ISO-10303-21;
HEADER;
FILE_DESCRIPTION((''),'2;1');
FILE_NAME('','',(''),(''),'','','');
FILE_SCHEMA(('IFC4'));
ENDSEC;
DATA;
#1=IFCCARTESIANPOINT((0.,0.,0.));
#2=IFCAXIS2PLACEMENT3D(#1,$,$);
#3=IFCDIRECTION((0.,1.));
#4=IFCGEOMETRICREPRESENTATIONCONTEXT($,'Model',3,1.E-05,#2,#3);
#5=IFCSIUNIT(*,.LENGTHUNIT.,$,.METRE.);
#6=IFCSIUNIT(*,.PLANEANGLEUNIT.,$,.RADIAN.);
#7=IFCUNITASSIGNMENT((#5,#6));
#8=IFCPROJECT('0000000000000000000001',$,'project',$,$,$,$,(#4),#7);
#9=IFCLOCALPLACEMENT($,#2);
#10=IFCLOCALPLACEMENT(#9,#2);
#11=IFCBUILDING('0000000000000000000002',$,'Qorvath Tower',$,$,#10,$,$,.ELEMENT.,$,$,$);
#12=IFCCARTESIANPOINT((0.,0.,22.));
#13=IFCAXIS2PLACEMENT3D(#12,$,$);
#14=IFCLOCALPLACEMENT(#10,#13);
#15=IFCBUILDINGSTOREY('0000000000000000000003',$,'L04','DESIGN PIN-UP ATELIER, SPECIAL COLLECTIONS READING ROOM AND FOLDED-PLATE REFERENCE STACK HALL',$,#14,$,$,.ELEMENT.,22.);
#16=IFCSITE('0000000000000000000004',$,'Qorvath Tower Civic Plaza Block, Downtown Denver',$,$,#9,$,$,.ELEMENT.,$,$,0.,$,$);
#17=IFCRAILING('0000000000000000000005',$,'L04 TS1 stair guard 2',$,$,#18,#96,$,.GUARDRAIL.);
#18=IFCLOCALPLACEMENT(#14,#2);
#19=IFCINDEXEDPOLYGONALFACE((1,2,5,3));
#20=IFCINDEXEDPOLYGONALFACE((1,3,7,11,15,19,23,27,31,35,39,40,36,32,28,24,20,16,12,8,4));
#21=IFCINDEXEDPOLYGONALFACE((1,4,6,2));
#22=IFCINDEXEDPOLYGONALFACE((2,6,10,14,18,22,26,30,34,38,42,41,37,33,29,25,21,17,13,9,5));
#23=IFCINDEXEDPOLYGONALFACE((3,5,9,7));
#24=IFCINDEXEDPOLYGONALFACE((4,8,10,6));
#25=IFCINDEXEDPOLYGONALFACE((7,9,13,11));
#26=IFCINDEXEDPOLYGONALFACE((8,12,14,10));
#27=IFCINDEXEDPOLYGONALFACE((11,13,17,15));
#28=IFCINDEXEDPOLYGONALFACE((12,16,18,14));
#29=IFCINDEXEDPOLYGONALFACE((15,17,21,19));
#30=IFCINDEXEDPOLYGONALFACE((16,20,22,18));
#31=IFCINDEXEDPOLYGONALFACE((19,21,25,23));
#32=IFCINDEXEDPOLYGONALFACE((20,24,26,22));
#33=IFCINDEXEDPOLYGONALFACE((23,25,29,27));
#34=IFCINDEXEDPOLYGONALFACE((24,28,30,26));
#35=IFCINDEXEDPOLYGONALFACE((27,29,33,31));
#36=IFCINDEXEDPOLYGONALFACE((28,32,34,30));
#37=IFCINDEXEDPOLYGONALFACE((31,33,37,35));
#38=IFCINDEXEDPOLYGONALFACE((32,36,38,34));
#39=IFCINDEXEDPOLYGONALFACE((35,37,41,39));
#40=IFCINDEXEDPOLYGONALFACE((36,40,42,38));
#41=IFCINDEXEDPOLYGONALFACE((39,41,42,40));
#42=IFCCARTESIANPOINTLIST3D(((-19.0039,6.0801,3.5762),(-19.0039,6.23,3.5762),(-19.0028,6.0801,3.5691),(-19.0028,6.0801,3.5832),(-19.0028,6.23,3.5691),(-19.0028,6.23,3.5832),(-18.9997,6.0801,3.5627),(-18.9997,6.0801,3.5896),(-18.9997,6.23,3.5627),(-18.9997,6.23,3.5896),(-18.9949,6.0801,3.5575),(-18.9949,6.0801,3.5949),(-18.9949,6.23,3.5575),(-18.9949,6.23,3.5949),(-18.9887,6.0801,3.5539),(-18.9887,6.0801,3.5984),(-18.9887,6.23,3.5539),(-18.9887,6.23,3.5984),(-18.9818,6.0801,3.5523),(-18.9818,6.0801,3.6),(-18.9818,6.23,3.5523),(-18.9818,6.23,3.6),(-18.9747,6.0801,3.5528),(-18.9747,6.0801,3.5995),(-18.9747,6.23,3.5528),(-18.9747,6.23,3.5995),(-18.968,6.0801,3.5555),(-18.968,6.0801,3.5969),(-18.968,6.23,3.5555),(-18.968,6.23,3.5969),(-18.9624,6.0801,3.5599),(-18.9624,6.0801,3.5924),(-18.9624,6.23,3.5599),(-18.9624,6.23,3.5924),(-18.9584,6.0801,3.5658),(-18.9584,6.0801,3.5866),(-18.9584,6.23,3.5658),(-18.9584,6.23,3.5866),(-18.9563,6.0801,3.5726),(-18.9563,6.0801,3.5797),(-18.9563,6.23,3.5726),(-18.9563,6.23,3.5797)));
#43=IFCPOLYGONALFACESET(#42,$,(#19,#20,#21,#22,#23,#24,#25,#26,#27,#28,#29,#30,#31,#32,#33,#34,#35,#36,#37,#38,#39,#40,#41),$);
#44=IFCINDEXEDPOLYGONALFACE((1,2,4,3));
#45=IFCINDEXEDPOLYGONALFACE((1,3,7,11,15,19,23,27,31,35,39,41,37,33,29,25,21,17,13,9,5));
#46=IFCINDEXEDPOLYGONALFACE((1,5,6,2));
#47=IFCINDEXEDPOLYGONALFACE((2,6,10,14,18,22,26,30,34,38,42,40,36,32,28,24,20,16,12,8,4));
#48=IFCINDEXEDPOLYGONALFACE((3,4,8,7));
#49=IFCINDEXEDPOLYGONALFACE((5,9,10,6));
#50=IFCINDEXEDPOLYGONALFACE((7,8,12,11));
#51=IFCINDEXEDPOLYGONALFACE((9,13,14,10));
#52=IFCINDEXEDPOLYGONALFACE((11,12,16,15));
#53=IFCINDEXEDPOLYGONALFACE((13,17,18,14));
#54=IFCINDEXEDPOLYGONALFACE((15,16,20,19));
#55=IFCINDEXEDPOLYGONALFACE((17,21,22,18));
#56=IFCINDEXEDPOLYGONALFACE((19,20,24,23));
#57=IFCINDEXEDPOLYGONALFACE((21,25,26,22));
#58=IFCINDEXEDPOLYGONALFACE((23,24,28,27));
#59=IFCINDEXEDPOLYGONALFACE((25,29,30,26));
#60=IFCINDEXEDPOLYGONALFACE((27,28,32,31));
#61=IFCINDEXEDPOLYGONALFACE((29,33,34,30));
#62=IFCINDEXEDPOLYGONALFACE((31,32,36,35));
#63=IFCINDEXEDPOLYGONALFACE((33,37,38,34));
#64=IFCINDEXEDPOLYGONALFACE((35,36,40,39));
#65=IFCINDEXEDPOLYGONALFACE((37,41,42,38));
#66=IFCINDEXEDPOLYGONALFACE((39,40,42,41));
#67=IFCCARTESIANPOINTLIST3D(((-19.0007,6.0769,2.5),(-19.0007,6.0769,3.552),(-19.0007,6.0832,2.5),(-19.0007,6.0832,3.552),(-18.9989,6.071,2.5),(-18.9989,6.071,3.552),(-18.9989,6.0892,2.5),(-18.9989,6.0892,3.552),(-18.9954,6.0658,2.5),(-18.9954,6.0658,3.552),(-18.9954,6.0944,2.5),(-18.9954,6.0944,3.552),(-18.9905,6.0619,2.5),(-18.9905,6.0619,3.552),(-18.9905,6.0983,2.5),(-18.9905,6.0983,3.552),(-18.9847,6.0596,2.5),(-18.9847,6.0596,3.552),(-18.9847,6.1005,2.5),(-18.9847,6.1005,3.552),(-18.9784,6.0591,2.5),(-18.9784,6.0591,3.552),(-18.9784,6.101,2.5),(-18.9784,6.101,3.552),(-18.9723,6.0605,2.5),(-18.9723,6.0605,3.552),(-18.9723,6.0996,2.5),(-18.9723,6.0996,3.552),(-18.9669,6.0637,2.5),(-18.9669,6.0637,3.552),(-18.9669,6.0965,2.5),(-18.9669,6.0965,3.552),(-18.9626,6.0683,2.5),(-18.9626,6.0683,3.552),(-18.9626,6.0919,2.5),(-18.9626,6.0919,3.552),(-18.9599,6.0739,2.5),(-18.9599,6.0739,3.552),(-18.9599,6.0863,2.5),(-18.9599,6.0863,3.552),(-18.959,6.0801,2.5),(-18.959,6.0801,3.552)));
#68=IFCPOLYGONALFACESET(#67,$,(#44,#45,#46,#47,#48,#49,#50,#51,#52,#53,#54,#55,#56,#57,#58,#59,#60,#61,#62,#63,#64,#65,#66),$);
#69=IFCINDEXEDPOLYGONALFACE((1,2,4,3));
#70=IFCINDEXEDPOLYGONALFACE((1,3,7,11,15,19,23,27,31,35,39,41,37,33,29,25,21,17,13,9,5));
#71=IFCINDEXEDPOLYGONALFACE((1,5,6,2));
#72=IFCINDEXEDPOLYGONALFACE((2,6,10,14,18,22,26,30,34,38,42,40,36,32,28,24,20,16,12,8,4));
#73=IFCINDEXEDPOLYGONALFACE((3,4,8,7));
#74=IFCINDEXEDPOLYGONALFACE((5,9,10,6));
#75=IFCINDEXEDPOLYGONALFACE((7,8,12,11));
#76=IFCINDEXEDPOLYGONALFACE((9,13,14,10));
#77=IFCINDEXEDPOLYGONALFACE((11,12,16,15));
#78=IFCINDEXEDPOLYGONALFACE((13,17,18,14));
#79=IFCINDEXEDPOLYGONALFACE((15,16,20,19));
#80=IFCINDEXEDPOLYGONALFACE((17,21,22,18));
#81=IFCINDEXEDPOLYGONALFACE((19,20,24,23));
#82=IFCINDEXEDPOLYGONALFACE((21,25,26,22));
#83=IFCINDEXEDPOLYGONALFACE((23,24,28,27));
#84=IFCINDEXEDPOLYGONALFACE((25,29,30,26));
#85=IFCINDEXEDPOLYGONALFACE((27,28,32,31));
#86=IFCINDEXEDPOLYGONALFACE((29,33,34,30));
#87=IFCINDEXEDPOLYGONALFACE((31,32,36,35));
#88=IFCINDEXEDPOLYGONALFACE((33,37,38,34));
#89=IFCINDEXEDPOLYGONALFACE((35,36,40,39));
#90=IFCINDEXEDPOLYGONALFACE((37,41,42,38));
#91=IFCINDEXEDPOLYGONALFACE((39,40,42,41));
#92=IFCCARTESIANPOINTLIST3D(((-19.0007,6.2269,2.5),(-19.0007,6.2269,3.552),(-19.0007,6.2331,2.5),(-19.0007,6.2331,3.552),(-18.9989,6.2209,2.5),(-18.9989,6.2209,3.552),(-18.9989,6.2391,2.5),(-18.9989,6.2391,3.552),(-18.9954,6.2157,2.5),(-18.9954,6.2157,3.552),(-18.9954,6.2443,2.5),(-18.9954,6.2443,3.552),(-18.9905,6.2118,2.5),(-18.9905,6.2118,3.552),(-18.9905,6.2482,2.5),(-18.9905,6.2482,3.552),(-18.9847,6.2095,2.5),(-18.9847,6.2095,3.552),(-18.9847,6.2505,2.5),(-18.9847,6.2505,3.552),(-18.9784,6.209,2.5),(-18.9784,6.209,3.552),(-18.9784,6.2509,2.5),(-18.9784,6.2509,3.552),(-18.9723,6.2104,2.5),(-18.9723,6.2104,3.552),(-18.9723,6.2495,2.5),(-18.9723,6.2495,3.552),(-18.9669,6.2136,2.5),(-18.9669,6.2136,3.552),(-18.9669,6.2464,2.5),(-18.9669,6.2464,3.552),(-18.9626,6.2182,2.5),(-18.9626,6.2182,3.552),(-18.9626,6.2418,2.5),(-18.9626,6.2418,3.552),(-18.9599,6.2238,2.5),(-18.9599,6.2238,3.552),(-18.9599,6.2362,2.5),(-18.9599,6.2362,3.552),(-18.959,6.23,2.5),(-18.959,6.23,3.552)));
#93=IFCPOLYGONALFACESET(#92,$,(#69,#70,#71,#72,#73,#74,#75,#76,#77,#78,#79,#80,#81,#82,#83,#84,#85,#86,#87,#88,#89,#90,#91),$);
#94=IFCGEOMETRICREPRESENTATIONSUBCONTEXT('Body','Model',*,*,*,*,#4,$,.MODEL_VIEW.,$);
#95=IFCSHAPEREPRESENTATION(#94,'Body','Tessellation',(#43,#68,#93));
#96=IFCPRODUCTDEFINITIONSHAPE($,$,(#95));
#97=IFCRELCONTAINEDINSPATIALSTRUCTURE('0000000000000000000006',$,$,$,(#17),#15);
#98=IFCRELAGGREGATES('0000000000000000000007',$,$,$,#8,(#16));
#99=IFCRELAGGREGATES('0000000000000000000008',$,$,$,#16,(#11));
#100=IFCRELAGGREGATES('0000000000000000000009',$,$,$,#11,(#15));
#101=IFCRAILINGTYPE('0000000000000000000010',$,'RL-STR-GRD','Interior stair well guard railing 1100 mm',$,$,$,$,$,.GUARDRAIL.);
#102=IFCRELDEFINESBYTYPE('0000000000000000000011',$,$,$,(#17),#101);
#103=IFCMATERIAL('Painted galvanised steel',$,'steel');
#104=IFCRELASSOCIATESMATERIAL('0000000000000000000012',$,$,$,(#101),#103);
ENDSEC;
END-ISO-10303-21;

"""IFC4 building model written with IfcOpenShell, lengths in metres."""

from ifc_helpers import new_model, si_unit, direction, frame, origin, origin_2d, place, context, subcontext, project, spatial, circle, extrude, material, type_object, element, save


model = new_model("IFC4")

# Units and contexts
model_context = context("Model", 3, precision=1e-05, world=origin(), true_north=direction((0.0, 1.0)))
body_context = subcontext(model_context, "Body", "Model", "MODEL_VIEW")
ifc_project = project(units=[si_unit("LENGTHUNIT", "METRE"), si_unit("PLANEANGLEUNIT", "RADIAN")], contexts=[model_context])

# Site, building, storey
site_placement = place(None, origin())
site = spatial("IfcSite", under=ifc_project, at=site_placement, Name="Qorvath Tower Civic Plaza Block, Downtown Denver", CompositionType="ELEMENT", RefElevation=0.0)
building_placement = place(site_placement, origin())
building = spatial("IfcBuilding", under=site, at=building_placement, Name="Qorvath Tower", CompositionType="ELEMENT")
storey_placement = place(building_placement, frame((0.0, 0.0, 22.0)))
storey = spatial("IfcBuildingStorey", under=building, at=storey_placement, Name="L04", Description="DESIGN PIN-UP ATELIER, SPECIAL COLLECTIONS READING ROOM AND FOLDED-PLATE REFERENCE STACK HALL", CompositionType="ELEMENT", Elevation=22.0)

# Railing
ifc_material_1 = material(Name="Painted galvanised steel", Category="steel")
railing_type_1 = type_object("IfcRailingType", Name="RL-STR-GRD", Description="Interior stair well guard railing 1100 mm", PredefinedType="GUARDRAIL", material=ifc_material_1)
railing_1_placement = place(storey_placement, frame((-18.98, 6.0801, 2.5)))
element("IfcRailing", 1, at=railing_1_placement, inside=storey, type_object=railing_type_1, Name="L04 TS1 stair guard 2", PredefinedType="GUARDRAIL", context=body_context, shape_type="SweptSolid", body=[
    extrude(circle(Radius=0.0239, at=origin_2d()), frame((0.0, 0.0, 1.0762), z_axis=(0.0, 1.0, 0.0), x_axis=(-1.0, 0.0, 0.0)), (0.0, 0.0, 1.0), 0.1499),
    extrude(circle(Radius=0.021, at=origin_2d()), origin(), (0.0, 0.0, 1.0), 1.052),
    extrude(circle(Radius=0.021, at=origin_2d()), frame((0.0, 0.1499, 0.0)), (0.0, 0.0, 1.0), 1.052),
])

save(model, "model.ifc")
